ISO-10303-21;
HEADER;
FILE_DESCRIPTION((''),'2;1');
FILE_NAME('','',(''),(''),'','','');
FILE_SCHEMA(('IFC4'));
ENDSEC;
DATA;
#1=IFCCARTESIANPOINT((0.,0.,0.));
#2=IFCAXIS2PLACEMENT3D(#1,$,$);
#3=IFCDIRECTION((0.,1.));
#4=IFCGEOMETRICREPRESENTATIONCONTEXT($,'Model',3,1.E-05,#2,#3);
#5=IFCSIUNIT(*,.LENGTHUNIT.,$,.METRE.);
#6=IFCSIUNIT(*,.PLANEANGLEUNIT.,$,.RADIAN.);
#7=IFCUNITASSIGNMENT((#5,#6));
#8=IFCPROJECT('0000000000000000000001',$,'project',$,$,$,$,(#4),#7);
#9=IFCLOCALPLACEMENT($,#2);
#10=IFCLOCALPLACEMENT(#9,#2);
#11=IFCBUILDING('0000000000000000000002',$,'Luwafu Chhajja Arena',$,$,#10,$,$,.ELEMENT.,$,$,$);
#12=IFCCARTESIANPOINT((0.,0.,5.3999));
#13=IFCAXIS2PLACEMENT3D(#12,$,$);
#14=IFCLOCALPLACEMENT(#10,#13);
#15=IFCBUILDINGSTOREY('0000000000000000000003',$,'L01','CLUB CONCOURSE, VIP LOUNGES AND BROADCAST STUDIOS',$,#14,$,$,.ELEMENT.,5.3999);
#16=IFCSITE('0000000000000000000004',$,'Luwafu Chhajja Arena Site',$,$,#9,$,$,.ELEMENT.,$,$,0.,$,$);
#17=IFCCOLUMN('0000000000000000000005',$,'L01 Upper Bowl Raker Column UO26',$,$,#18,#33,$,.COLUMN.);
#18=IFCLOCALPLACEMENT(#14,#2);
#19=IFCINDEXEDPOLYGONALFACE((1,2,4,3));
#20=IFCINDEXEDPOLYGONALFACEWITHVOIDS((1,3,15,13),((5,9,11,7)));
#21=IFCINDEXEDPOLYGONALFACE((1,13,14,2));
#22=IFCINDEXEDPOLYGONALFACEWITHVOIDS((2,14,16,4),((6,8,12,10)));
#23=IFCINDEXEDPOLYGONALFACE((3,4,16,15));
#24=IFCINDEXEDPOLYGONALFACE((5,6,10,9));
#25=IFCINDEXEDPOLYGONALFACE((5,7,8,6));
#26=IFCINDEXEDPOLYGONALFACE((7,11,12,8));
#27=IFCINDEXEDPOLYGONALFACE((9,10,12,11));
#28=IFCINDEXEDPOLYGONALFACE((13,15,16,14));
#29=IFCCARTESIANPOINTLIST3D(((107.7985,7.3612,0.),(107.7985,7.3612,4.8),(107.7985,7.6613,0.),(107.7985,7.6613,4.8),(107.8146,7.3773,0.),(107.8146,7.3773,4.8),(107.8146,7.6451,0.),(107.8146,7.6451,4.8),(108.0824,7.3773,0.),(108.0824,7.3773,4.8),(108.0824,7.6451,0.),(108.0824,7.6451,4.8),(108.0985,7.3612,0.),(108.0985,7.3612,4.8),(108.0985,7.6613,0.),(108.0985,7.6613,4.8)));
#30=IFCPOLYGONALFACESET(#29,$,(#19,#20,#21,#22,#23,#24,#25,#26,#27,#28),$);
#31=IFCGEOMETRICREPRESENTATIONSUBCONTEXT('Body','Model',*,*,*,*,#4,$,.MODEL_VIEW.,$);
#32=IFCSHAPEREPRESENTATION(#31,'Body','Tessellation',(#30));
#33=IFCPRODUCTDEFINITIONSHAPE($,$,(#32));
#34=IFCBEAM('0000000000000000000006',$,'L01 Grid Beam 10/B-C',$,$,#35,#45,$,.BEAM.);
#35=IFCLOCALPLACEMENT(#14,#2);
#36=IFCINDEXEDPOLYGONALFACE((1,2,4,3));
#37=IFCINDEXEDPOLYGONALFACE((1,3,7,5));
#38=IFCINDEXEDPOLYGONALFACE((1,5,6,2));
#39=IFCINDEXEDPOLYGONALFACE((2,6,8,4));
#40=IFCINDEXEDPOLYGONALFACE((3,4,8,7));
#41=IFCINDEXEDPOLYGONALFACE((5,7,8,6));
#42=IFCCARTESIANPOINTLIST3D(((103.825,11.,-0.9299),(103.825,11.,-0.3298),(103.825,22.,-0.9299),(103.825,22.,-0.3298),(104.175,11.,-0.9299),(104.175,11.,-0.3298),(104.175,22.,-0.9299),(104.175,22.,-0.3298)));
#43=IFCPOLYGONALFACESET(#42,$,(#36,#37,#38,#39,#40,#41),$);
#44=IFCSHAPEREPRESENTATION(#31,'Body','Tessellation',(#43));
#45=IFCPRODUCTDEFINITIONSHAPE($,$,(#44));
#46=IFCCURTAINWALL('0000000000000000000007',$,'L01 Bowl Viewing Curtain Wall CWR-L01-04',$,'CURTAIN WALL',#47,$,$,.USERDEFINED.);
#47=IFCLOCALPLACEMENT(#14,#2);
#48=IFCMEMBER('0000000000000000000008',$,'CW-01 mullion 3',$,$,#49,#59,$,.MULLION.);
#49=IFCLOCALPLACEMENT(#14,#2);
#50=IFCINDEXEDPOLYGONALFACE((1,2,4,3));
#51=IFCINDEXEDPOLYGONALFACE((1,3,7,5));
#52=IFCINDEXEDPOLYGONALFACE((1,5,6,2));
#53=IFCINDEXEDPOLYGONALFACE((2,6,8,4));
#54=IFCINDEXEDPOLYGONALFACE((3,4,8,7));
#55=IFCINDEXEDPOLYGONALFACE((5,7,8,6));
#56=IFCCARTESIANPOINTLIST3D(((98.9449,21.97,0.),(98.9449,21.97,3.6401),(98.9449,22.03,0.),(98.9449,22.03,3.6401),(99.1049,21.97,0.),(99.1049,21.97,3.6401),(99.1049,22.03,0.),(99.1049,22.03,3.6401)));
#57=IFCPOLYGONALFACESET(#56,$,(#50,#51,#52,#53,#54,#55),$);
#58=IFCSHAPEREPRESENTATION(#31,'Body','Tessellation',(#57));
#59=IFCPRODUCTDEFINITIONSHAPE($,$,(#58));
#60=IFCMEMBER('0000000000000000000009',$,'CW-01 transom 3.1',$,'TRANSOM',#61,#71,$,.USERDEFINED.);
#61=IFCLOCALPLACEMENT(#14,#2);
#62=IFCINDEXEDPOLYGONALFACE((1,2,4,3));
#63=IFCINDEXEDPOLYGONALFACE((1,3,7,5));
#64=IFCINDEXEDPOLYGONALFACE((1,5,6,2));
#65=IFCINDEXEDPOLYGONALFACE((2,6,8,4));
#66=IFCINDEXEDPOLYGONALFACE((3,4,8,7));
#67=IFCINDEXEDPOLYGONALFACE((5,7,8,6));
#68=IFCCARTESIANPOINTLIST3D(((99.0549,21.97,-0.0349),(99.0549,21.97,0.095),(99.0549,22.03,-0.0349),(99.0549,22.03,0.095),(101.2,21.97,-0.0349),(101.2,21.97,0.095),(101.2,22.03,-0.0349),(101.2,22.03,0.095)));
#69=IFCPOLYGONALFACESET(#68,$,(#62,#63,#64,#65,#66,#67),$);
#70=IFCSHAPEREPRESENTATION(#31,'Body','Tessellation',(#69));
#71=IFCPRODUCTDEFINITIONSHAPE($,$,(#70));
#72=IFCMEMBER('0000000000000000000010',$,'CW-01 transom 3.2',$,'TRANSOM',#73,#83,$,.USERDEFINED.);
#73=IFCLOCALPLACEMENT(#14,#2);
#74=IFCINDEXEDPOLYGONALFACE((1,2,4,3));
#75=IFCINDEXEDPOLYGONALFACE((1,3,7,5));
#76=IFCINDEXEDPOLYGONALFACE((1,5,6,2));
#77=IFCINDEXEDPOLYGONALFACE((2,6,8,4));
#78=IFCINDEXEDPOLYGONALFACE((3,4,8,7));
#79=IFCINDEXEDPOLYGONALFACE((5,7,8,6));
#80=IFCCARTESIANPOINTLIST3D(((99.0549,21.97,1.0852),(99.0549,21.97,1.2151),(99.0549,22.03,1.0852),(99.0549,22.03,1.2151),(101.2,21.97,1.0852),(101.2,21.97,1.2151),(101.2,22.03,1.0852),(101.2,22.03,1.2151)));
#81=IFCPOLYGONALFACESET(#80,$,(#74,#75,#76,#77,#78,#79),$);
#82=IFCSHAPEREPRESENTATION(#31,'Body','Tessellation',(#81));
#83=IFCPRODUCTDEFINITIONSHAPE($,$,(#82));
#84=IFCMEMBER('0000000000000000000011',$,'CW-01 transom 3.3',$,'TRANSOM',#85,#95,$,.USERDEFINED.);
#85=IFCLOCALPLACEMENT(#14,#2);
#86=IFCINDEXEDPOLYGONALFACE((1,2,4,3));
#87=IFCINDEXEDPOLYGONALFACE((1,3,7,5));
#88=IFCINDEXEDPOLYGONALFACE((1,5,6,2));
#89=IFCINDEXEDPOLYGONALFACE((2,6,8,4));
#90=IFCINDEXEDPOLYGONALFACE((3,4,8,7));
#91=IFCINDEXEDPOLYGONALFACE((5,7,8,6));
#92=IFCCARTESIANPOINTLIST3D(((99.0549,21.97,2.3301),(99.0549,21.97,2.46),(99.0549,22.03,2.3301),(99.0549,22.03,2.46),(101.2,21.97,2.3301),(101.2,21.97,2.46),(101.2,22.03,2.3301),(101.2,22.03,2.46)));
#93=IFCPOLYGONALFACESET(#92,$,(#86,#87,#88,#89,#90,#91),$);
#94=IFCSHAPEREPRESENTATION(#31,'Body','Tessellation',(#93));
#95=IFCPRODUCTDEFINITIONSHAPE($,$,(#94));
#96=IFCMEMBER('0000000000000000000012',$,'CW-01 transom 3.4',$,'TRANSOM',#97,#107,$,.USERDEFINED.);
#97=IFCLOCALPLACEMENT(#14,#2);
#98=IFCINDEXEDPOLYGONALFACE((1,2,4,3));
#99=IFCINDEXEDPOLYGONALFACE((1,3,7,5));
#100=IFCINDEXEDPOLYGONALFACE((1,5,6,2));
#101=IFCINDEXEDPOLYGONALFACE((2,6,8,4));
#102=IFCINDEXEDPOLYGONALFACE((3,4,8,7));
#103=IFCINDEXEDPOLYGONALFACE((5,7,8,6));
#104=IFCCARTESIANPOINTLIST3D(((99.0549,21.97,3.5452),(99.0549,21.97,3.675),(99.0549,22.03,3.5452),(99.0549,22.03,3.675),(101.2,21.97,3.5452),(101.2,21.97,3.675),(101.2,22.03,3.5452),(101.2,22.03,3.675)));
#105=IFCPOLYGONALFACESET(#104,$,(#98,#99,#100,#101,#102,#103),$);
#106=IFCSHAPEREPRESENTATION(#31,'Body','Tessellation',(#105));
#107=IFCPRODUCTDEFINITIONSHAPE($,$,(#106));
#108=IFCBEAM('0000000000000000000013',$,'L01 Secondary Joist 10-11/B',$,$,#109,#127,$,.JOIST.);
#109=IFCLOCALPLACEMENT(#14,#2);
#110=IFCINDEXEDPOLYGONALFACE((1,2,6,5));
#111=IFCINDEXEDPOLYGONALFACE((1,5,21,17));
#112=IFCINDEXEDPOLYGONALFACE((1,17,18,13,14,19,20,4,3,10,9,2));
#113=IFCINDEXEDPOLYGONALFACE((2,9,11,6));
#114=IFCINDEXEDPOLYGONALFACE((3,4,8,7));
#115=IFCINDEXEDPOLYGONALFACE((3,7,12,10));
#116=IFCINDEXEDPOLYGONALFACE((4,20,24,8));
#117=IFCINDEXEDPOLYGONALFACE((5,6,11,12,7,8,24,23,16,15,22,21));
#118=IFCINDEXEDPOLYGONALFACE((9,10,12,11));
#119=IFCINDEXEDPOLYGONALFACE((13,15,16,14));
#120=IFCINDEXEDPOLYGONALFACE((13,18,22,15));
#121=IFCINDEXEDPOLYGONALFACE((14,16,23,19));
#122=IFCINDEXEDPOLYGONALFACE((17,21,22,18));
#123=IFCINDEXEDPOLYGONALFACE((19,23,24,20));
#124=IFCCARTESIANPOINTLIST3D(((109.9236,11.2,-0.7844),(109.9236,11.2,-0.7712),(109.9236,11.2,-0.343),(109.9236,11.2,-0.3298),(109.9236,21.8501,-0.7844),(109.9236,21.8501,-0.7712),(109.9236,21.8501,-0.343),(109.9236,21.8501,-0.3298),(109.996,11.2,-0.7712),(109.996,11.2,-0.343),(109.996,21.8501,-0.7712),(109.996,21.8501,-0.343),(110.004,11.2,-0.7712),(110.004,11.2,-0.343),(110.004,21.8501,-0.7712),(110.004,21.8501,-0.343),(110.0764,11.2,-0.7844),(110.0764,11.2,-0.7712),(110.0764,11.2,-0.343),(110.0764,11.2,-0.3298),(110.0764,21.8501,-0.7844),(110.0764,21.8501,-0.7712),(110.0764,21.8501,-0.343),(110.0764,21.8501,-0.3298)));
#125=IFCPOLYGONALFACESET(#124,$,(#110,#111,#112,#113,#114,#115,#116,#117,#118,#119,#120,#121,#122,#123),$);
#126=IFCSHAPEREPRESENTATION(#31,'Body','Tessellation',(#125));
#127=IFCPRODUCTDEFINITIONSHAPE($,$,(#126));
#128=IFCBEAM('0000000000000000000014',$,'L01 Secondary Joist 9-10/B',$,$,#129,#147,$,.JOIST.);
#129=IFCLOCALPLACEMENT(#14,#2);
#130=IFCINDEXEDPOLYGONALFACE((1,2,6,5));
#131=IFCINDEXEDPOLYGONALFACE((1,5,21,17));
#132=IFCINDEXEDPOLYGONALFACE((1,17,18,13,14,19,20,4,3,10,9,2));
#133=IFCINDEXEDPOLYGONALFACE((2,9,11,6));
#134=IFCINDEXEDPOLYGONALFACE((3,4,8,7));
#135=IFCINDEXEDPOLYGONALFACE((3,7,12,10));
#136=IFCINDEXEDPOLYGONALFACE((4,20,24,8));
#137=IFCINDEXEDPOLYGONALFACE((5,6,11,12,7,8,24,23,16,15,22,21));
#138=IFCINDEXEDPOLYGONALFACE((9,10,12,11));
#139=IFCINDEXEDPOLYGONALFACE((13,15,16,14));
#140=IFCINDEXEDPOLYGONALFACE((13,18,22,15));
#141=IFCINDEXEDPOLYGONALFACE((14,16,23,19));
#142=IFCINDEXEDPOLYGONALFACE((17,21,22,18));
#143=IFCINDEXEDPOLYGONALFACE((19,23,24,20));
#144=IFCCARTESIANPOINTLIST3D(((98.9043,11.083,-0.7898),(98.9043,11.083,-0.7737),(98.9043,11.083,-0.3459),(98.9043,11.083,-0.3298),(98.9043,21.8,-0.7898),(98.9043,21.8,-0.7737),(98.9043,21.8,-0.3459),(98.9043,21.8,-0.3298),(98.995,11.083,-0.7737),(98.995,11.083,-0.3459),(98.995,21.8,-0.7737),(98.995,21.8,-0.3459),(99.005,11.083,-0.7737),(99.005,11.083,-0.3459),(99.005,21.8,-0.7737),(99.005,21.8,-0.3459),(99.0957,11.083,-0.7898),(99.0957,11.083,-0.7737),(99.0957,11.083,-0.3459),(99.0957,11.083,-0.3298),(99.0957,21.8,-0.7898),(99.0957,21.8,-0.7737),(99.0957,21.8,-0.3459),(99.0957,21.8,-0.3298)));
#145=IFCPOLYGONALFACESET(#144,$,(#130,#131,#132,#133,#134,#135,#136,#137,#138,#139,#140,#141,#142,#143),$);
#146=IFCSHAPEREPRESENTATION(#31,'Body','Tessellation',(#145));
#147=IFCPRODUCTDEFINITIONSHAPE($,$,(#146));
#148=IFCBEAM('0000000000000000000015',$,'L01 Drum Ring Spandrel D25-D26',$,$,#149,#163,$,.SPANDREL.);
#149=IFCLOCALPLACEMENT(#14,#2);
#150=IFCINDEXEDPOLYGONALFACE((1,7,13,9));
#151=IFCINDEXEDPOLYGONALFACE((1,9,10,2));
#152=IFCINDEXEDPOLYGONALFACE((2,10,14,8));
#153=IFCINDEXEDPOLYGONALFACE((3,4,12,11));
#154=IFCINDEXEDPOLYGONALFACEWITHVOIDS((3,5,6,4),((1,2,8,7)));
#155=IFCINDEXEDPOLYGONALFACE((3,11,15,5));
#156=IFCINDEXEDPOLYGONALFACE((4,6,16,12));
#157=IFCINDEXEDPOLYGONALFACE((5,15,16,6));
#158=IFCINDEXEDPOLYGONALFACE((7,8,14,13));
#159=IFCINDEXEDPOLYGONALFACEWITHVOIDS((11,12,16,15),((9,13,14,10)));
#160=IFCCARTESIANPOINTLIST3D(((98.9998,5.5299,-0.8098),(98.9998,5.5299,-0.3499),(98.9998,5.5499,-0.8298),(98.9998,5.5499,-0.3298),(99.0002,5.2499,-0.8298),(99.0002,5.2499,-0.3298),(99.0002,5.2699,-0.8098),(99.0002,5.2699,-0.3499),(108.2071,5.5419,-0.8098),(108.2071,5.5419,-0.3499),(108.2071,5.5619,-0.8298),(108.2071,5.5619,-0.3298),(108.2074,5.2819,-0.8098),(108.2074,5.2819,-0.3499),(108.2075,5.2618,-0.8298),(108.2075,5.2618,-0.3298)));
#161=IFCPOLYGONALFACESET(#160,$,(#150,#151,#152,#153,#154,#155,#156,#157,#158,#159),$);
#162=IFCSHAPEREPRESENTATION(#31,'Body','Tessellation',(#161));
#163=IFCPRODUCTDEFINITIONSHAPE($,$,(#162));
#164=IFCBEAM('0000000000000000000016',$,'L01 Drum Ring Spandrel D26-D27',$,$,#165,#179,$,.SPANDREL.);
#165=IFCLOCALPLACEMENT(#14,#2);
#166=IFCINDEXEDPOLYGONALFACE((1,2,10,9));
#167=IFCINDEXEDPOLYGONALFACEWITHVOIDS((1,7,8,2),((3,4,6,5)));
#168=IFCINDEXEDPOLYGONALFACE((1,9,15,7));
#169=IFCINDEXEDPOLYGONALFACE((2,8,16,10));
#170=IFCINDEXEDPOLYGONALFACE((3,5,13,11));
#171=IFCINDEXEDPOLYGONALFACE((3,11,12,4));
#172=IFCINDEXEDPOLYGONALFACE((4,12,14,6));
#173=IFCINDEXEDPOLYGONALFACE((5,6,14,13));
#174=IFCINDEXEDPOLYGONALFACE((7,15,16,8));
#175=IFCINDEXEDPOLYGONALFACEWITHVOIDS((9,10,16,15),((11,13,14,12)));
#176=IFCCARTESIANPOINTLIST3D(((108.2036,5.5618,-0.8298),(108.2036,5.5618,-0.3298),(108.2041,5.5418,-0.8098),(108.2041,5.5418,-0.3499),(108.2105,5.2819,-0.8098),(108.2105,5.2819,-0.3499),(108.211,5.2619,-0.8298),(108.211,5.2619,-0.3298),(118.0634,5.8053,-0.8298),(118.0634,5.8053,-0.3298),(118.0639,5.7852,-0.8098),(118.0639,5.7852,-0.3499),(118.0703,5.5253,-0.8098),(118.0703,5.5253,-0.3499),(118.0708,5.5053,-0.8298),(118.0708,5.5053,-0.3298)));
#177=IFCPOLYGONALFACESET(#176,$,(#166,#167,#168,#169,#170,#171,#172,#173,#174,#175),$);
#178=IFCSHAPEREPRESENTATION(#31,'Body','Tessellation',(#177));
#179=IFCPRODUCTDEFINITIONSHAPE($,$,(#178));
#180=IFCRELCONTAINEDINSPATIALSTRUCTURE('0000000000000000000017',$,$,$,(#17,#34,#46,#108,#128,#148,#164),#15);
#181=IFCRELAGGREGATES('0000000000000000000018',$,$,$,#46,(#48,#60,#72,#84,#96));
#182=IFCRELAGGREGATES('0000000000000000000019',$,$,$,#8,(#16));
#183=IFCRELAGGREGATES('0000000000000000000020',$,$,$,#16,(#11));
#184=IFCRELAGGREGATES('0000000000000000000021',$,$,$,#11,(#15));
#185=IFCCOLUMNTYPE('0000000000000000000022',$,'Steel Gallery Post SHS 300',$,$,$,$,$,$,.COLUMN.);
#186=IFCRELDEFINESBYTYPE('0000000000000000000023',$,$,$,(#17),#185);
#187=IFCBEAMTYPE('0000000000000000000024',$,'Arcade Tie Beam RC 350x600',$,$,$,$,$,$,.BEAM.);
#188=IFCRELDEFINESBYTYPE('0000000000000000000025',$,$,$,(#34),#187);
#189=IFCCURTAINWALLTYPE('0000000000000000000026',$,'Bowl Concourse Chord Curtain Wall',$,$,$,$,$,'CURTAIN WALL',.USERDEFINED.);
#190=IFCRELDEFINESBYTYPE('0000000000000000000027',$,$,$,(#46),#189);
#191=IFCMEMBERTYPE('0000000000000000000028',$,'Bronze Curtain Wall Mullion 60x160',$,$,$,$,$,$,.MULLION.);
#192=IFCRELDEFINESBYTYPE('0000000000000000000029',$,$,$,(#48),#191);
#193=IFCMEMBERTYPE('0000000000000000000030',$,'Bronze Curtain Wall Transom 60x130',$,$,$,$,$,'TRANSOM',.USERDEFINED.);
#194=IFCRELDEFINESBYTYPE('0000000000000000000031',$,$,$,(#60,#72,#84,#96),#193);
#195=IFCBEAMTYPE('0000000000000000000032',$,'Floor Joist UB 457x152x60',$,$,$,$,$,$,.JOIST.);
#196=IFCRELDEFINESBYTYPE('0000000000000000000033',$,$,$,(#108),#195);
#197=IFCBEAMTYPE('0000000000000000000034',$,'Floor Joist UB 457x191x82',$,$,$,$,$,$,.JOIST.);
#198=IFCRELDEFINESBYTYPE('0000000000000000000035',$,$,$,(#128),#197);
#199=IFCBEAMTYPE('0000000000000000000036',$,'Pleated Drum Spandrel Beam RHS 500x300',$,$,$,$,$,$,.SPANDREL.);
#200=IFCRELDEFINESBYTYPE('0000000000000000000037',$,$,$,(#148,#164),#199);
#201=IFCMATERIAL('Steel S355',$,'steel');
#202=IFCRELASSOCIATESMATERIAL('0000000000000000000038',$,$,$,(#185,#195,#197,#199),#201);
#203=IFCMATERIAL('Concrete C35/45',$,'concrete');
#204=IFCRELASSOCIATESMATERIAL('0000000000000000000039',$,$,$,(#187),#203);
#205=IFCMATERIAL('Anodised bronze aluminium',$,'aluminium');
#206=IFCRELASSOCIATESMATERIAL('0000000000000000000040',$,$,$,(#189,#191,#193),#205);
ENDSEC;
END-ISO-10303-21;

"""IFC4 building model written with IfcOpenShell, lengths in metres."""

from ifc_helpers import new_model, si_unit, direction, frame, origin, origin_2d, place, context, subcontext, project, spatial, rectangle, hollow_rectangle, i_section, extrude, material, material_profile, profile_set, type_object, element, aggregate, save


model = new_model("IFC4")

# Units and contexts
model_context = context("Model", 3, precision=1e-05, world=origin(), true_north=direction((0.0, 1.0)))
body_context = subcontext(model_context, "Body", "Model", "MODEL_VIEW")
ifc_project = project(units=[si_unit("LENGTHUNIT", "METRE"), si_unit("PLANEANGLEUNIT", "RADIAN")], contexts=[model_context])

# Site, building, storey
site_placement = place(None, origin())
site = spatial("IfcSite", under=ifc_project, at=site_placement, Name="Luwafu Chhajja Arena Site", CompositionType="ELEMENT", RefElevation=0.0)
building_placement = place(site_placement, origin())
building = spatial("IfcBuilding", under=site, at=building_placement, Name="Luwafu Chhajja Arena", CompositionType="ELEMENT")
storey_placement = place(building_placement, frame((0.0, 0.0, 5.3999)))
storey = spatial("IfcBuildingStorey", under=building, at=storey_placement, Name="L01", Description="CLUB CONCOURSE, VIP LOUNGES AND BROADCAST STUDIOS", CompositionType="ELEMENT", Elevation=5.3999)

# Column
ifc_material_1 = material(Name="Steel S355", Category="steel")
ifc_material_profile_1 = material_profile(ifc_material_1, hollow_rectangle(XDim=0.3, YDim=0.3, WallThickness=0.0161, at=origin_2d()), Name="SHS 300x300x16")
ifc_profile_set_1 = profile_set([ifc_material_profile_1], Name="Steel S355")
column_type_1 = type_object("IfcColumnType", Name="Steel Gallery Post SHS 300", PredefinedType="COLUMN", material=ifc_profile_set_1)
for number, where, z_axis, x_axis, name in (
    (1, (107.9485, 7.5112, 0.0), (0.0, 0.0, 1.0), (1.0, 0.0, 0.0), "L01 Upper Bowl Raker Column UO26"),
):
    element("IfcColumn", number, at=place(storey_placement, frame(where, z_axis=z_axis, x_axis=x_axis)), inside=storey, type_object=column_type_1, Name=name, PredefinedType="COLUMN", context=body_context, shape_type="SweptSolid", body=[
        extrude(hollow_rectangle(XDim=0.3, YDim=0.3, WallThickness=0.0161, at=origin_2d()), origin(), (0.0, 0.0, 1.0), 4.8),
    ])

# Beam
ifc_material_2 = material(Name="Concrete C35/45", Category="concrete")
ifc_material_profile_2 = material_profile(ifc_material_2, rectangle(XDim=0.3501, YDim=0.6001, at=origin_2d()), Name="RC 350x600")
ifc_profile_set_2 = profile_set([ifc_material_profile_2], Name="Concrete C35/45")
beam_type_1 = type_object("IfcBeamType", Name="Arcade Tie Beam RC 350x600", PredefinedType="BEAM", material=ifc_profile_set_2)
beam_1_placement = place(storey_placement, frame((104.0, 11.0, -0.6299), z_axis=(0.0, 1.0, 0.0), x_axis=(-1.0, 0.0, 0.0)))
element("IfcBeam", 2, at=beam_1_placement, inside=storey, type_object=beam_type_1, Name="L01 Grid Beam 10/B-C", PredefinedType="BEAM", context=body_context, shape_type="SweptSolid", body=[
    extrude(rectangle(XDim=0.3501, YDim=0.6001, at=origin_2d()), origin(), (0.0, 0.0, 1.0), 11.0),
])

# Curtain wall, members
ifc_material_3 = material(Name="Anodised bronze aluminium", Category="aluminium")
curtain_wall_type = type_object("IfcCurtainWallType", Name="Bowl Concourse Chord Curtain Wall", ElementType="CURTAIN WALL", PredefinedType="USERDEFINED", material=ifc_material_3)
curtain_wall_placement = place(storey_placement, origin())
curtain_wall = element("IfcCurtainWall", 3, at=curtain_wall_placement, inside=storey, type_object=curtain_wall_type, Name="L01 Bowl Viewing Curtain Wall CWR-L01-04", ObjectType="CURTAIN WALL", PredefinedType="USERDEFINED")
ifc_material_profile_3 = material_profile(ifc_material_3, rectangle(XDim=0.0601, YDim=0.1599, at=origin_2d()), Name="CWM 60x160")
ifc_profile_set_3 = profile_set([ifc_material_profile_3], Name="Anodised bronze aluminium")
member_type_1 = type_object("IfcMemberType", Name="Bronze Curtain Wall Mullion 60x160", PredefinedType="MULLION", material=ifc_profile_set_3)
member_1_placement = place(storey_placement, frame((99.0249, 22.0, 0.0), z_axis=(0.0, 0.0, 1.0), x_axis=(0.0, 1.0, 0.0)))
member_1 = element("IfcMember", 4, at=member_1_placement, type_object=member_type_1, Name="CW-01 mullion 3", PredefinedType="MULLION", context=body_context, shape_type="SweptSolid", body=[
    extrude(rectangle(XDim=0.0601, YDim=0.1599, at=origin_2d()), origin(), (0.0, 0.0, 1.0), 3.6401),
])
ifc_material_profile_4 = material_profile(ifc_material_3, rectangle(XDim=0.0601, YDim=0.1299, at=origin_2d()), Name="CWT 60x130")
ifc_profile_set_4 = profile_set([ifc_material_profile_4], Name="Anodised bronze aluminium")
member_type_2 = type_object("IfcMemberType", Name="Bronze Curtain Wall Transom 60x130", ElementType="TRANSOM", PredefinedType="USERDEFINED", material=ifc_profile_set_4)
member_2_placement = place(storey_placement, frame((99.0549, 22.0, 0.03), z_axis=(1.0, 0.0, 0.0), x_axis=(0.0, 1.0, 0.0)))
member_2 = element("IfcMember", 5, at=member_2_placement, type_object=member_type_2, Name="CW-01 transom 3.1", ObjectType="TRANSOM", PredefinedType="USERDEFINED", context=body_context, shape_type="SweptSolid", body=[
    extrude(rectangle(XDim=0.0601, YDim=0.1299, at=origin_2d()), origin(), (0.0, 0.0, 1.0), 2.145),
])
member_3_placement = place(storey_placement, frame((99.0549, 22.0, 1.1501), z_axis=(1.0, 0.0, 0.0), x_axis=(0.0, 1.0, 0.0)))
member_3 = element("IfcMember", 6, at=member_3_placement, type_object=member_type_2, Name="CW-01 transom 3.2", ObjectType="TRANSOM", PredefinedType="USERDEFINED", context=body_context, shape_type="SweptSolid", body=[
    extrude(rectangle(XDim=0.0601, YDim=0.1299, at=origin_2d()), origin(), (0.0, 0.0, 1.0), 2.145),
])
member_4_placement = place(storey_placement, frame((99.0549, 22.0, 2.395), z_axis=(1.0, 0.0, 0.0), x_axis=(0.0, 1.0, 0.0)))
member_4 = element("IfcMember", 7, at=member_4_placement, type_object=member_type_2, Name="CW-01 transom 3.3", ObjectType="TRANSOM", PredefinedType="USERDEFINED", context=body_context, shape_type="SweptSolid", body=[
    extrude(rectangle(XDim=0.0601, YDim=0.1299, at=origin_2d()), origin(), (0.0, 0.0, 1.0), 2.145),
])
member_5_placement = place(storey_placement, frame((99.0549, 22.0, 3.6101), z_axis=(1.0, 0.0, 0.0), x_axis=(0.0, 1.0, 0.0)))
member_5 = element("IfcMember", 8, at=member_5_placement, type_object=member_type_2, Name="CW-01 transom 3.4", ObjectType="TRANSOM", PredefinedType="USERDEFINED", context=body_context, shape_type="SweptSolid", body=[
    extrude(rectangle(XDim=0.0601, YDim=0.1299, at=origin_2d()), origin(), (0.0, 0.0, 1.0), 2.145),
])

# Beams
ifc_material_profile_5 = material_profile(ifc_material_1, i_section(OverallWidth=0.1528, OverallDepth=0.4546, WebThickness=0.0081, FlangeThickness=0.0132, at=origin_2d()), Name="UB 457x152x60")
ifc_profile_set_5 = profile_set([ifc_material_profile_5], Name="Steel S355")
beam_type_2 = type_object("IfcBeamType", Name="Floor Joist UB 457x152x60", PredefinedType="JOIST", material=ifc_profile_set_5)
beam_2_placement = place(storey_placement, frame((110.0, 11.2, -0.5571), z_axis=(0.0, 1.0, 0.0), x_axis=(-1.0, 0.0, 0.0)))
element("IfcBeam", 9, at=beam_2_placement, inside=storey, type_object=beam_type_2, Name="L01 Secondary Joist 10-11/B", PredefinedType="JOIST", context=body_context, shape_type="SweptSolid", body=[
    extrude(i_section(OverallWidth=0.1528, OverallDepth=0.4546, WebThickness=0.0081, FlangeThickness=0.0132, at=origin_2d()), origin(), (0.0, 0.0, 1.0), 10.6501),
])
ifc_material_profile_6 = material_profile(ifc_material_1, i_section(OverallWidth=0.1914, OverallDepth=0.46, WebThickness=0.01, FlangeThickness=0.0161, at=origin_2d()), Name="UB 457x191x82")
ifc_profile_set_6 = profile_set([ifc_material_profile_6], Name="Steel S355")
beam_type_3 = type_object("IfcBeamType", Name="Floor Joist UB 457x191x82", PredefinedType="JOIST", material=ifc_profile_set_6)
beam_3_placement = place(storey_placement, frame((99.0, 11.083, -0.5598), z_axis=(0.0, 1.0, 0.0), x_axis=(-1.0, 0.0, 0.0)))
element("IfcBeam", 10, at=beam_3_placement, inside=storey, type_object=beam_type_3, Name="L01 Secondary Joist 9-10/B", PredefinedType="JOIST", context=body_context, shape_type="SweptSolid", body=[
    extrude(i_section(OverallWidth=0.1914, OverallDepth=0.46, WebThickness=0.01, FlangeThickness=0.0161, at=origin_2d()), origin(), (0.0, 0.0, 1.0), 10.717),
])
ifc_material_profile_7 = material_profile(ifc_material_1, hollow_rectangle(XDim=0.3, YDim=0.5, WallThickness=0.02, at=origin_2d()), Name="RHS 500x300x20")
ifc_profile_set_7 = profile_set([ifc_material_profile_7], Name="Steel S355")
beam_type_4 = type_object("IfcBeamType", Name="Pleated Drum Spandrel Beam RHS 500x300", PredefinedType="SPANDREL", material=ifc_profile_set_7)
beam_4_placement = place(storey_placement, frame((99.0, 5.3999, -0.5798), z_axis=(0.999999, 0.001299, 0.0), x_axis=(-0.001299, 0.999999, 0.0)))
element("IfcBeam", 11, at=beam_4_placement, inside=storey, type_object=beam_type_4, Name="L01 Drum Ring Spandrel D25-D26", PredefinedType="SPANDREL", context=body_context, shape_type="SweptSolid", body=[
    extrude(hollow_rectangle(XDim=0.3, YDim=0.5, WallThickness=0.02, at=origin_2d()), origin(), (0.0, 0.0, 1.0), 9.2073),
])
beam_5_placement = place(storey_placement, frame((108.2073, 5.4119, -0.5798), z_axis=(0.999695, 0.024679, 0.0), x_axis=(-0.024679, 0.999695, 0.0)))
element("IfcBeam", 12, at=beam_5_placement, inside=storey, type_object=beam_type_4, Name="L01 Drum Ring Spandrel D26-D27", PredefinedType="SPANDREL", context=body_context, shape_type="SweptSolid", body=[
    extrude(hollow_rectangle(XDim=0.3, YDim=0.5, WallThickness=0.02, at=origin_2d()), origin(), (0.0, 0.0, 1.0), 9.8628),
])

aggregate(curtain_wall, [member_1, member_2, member_3, member_4, member_5])

save(model, "model.ifc")
